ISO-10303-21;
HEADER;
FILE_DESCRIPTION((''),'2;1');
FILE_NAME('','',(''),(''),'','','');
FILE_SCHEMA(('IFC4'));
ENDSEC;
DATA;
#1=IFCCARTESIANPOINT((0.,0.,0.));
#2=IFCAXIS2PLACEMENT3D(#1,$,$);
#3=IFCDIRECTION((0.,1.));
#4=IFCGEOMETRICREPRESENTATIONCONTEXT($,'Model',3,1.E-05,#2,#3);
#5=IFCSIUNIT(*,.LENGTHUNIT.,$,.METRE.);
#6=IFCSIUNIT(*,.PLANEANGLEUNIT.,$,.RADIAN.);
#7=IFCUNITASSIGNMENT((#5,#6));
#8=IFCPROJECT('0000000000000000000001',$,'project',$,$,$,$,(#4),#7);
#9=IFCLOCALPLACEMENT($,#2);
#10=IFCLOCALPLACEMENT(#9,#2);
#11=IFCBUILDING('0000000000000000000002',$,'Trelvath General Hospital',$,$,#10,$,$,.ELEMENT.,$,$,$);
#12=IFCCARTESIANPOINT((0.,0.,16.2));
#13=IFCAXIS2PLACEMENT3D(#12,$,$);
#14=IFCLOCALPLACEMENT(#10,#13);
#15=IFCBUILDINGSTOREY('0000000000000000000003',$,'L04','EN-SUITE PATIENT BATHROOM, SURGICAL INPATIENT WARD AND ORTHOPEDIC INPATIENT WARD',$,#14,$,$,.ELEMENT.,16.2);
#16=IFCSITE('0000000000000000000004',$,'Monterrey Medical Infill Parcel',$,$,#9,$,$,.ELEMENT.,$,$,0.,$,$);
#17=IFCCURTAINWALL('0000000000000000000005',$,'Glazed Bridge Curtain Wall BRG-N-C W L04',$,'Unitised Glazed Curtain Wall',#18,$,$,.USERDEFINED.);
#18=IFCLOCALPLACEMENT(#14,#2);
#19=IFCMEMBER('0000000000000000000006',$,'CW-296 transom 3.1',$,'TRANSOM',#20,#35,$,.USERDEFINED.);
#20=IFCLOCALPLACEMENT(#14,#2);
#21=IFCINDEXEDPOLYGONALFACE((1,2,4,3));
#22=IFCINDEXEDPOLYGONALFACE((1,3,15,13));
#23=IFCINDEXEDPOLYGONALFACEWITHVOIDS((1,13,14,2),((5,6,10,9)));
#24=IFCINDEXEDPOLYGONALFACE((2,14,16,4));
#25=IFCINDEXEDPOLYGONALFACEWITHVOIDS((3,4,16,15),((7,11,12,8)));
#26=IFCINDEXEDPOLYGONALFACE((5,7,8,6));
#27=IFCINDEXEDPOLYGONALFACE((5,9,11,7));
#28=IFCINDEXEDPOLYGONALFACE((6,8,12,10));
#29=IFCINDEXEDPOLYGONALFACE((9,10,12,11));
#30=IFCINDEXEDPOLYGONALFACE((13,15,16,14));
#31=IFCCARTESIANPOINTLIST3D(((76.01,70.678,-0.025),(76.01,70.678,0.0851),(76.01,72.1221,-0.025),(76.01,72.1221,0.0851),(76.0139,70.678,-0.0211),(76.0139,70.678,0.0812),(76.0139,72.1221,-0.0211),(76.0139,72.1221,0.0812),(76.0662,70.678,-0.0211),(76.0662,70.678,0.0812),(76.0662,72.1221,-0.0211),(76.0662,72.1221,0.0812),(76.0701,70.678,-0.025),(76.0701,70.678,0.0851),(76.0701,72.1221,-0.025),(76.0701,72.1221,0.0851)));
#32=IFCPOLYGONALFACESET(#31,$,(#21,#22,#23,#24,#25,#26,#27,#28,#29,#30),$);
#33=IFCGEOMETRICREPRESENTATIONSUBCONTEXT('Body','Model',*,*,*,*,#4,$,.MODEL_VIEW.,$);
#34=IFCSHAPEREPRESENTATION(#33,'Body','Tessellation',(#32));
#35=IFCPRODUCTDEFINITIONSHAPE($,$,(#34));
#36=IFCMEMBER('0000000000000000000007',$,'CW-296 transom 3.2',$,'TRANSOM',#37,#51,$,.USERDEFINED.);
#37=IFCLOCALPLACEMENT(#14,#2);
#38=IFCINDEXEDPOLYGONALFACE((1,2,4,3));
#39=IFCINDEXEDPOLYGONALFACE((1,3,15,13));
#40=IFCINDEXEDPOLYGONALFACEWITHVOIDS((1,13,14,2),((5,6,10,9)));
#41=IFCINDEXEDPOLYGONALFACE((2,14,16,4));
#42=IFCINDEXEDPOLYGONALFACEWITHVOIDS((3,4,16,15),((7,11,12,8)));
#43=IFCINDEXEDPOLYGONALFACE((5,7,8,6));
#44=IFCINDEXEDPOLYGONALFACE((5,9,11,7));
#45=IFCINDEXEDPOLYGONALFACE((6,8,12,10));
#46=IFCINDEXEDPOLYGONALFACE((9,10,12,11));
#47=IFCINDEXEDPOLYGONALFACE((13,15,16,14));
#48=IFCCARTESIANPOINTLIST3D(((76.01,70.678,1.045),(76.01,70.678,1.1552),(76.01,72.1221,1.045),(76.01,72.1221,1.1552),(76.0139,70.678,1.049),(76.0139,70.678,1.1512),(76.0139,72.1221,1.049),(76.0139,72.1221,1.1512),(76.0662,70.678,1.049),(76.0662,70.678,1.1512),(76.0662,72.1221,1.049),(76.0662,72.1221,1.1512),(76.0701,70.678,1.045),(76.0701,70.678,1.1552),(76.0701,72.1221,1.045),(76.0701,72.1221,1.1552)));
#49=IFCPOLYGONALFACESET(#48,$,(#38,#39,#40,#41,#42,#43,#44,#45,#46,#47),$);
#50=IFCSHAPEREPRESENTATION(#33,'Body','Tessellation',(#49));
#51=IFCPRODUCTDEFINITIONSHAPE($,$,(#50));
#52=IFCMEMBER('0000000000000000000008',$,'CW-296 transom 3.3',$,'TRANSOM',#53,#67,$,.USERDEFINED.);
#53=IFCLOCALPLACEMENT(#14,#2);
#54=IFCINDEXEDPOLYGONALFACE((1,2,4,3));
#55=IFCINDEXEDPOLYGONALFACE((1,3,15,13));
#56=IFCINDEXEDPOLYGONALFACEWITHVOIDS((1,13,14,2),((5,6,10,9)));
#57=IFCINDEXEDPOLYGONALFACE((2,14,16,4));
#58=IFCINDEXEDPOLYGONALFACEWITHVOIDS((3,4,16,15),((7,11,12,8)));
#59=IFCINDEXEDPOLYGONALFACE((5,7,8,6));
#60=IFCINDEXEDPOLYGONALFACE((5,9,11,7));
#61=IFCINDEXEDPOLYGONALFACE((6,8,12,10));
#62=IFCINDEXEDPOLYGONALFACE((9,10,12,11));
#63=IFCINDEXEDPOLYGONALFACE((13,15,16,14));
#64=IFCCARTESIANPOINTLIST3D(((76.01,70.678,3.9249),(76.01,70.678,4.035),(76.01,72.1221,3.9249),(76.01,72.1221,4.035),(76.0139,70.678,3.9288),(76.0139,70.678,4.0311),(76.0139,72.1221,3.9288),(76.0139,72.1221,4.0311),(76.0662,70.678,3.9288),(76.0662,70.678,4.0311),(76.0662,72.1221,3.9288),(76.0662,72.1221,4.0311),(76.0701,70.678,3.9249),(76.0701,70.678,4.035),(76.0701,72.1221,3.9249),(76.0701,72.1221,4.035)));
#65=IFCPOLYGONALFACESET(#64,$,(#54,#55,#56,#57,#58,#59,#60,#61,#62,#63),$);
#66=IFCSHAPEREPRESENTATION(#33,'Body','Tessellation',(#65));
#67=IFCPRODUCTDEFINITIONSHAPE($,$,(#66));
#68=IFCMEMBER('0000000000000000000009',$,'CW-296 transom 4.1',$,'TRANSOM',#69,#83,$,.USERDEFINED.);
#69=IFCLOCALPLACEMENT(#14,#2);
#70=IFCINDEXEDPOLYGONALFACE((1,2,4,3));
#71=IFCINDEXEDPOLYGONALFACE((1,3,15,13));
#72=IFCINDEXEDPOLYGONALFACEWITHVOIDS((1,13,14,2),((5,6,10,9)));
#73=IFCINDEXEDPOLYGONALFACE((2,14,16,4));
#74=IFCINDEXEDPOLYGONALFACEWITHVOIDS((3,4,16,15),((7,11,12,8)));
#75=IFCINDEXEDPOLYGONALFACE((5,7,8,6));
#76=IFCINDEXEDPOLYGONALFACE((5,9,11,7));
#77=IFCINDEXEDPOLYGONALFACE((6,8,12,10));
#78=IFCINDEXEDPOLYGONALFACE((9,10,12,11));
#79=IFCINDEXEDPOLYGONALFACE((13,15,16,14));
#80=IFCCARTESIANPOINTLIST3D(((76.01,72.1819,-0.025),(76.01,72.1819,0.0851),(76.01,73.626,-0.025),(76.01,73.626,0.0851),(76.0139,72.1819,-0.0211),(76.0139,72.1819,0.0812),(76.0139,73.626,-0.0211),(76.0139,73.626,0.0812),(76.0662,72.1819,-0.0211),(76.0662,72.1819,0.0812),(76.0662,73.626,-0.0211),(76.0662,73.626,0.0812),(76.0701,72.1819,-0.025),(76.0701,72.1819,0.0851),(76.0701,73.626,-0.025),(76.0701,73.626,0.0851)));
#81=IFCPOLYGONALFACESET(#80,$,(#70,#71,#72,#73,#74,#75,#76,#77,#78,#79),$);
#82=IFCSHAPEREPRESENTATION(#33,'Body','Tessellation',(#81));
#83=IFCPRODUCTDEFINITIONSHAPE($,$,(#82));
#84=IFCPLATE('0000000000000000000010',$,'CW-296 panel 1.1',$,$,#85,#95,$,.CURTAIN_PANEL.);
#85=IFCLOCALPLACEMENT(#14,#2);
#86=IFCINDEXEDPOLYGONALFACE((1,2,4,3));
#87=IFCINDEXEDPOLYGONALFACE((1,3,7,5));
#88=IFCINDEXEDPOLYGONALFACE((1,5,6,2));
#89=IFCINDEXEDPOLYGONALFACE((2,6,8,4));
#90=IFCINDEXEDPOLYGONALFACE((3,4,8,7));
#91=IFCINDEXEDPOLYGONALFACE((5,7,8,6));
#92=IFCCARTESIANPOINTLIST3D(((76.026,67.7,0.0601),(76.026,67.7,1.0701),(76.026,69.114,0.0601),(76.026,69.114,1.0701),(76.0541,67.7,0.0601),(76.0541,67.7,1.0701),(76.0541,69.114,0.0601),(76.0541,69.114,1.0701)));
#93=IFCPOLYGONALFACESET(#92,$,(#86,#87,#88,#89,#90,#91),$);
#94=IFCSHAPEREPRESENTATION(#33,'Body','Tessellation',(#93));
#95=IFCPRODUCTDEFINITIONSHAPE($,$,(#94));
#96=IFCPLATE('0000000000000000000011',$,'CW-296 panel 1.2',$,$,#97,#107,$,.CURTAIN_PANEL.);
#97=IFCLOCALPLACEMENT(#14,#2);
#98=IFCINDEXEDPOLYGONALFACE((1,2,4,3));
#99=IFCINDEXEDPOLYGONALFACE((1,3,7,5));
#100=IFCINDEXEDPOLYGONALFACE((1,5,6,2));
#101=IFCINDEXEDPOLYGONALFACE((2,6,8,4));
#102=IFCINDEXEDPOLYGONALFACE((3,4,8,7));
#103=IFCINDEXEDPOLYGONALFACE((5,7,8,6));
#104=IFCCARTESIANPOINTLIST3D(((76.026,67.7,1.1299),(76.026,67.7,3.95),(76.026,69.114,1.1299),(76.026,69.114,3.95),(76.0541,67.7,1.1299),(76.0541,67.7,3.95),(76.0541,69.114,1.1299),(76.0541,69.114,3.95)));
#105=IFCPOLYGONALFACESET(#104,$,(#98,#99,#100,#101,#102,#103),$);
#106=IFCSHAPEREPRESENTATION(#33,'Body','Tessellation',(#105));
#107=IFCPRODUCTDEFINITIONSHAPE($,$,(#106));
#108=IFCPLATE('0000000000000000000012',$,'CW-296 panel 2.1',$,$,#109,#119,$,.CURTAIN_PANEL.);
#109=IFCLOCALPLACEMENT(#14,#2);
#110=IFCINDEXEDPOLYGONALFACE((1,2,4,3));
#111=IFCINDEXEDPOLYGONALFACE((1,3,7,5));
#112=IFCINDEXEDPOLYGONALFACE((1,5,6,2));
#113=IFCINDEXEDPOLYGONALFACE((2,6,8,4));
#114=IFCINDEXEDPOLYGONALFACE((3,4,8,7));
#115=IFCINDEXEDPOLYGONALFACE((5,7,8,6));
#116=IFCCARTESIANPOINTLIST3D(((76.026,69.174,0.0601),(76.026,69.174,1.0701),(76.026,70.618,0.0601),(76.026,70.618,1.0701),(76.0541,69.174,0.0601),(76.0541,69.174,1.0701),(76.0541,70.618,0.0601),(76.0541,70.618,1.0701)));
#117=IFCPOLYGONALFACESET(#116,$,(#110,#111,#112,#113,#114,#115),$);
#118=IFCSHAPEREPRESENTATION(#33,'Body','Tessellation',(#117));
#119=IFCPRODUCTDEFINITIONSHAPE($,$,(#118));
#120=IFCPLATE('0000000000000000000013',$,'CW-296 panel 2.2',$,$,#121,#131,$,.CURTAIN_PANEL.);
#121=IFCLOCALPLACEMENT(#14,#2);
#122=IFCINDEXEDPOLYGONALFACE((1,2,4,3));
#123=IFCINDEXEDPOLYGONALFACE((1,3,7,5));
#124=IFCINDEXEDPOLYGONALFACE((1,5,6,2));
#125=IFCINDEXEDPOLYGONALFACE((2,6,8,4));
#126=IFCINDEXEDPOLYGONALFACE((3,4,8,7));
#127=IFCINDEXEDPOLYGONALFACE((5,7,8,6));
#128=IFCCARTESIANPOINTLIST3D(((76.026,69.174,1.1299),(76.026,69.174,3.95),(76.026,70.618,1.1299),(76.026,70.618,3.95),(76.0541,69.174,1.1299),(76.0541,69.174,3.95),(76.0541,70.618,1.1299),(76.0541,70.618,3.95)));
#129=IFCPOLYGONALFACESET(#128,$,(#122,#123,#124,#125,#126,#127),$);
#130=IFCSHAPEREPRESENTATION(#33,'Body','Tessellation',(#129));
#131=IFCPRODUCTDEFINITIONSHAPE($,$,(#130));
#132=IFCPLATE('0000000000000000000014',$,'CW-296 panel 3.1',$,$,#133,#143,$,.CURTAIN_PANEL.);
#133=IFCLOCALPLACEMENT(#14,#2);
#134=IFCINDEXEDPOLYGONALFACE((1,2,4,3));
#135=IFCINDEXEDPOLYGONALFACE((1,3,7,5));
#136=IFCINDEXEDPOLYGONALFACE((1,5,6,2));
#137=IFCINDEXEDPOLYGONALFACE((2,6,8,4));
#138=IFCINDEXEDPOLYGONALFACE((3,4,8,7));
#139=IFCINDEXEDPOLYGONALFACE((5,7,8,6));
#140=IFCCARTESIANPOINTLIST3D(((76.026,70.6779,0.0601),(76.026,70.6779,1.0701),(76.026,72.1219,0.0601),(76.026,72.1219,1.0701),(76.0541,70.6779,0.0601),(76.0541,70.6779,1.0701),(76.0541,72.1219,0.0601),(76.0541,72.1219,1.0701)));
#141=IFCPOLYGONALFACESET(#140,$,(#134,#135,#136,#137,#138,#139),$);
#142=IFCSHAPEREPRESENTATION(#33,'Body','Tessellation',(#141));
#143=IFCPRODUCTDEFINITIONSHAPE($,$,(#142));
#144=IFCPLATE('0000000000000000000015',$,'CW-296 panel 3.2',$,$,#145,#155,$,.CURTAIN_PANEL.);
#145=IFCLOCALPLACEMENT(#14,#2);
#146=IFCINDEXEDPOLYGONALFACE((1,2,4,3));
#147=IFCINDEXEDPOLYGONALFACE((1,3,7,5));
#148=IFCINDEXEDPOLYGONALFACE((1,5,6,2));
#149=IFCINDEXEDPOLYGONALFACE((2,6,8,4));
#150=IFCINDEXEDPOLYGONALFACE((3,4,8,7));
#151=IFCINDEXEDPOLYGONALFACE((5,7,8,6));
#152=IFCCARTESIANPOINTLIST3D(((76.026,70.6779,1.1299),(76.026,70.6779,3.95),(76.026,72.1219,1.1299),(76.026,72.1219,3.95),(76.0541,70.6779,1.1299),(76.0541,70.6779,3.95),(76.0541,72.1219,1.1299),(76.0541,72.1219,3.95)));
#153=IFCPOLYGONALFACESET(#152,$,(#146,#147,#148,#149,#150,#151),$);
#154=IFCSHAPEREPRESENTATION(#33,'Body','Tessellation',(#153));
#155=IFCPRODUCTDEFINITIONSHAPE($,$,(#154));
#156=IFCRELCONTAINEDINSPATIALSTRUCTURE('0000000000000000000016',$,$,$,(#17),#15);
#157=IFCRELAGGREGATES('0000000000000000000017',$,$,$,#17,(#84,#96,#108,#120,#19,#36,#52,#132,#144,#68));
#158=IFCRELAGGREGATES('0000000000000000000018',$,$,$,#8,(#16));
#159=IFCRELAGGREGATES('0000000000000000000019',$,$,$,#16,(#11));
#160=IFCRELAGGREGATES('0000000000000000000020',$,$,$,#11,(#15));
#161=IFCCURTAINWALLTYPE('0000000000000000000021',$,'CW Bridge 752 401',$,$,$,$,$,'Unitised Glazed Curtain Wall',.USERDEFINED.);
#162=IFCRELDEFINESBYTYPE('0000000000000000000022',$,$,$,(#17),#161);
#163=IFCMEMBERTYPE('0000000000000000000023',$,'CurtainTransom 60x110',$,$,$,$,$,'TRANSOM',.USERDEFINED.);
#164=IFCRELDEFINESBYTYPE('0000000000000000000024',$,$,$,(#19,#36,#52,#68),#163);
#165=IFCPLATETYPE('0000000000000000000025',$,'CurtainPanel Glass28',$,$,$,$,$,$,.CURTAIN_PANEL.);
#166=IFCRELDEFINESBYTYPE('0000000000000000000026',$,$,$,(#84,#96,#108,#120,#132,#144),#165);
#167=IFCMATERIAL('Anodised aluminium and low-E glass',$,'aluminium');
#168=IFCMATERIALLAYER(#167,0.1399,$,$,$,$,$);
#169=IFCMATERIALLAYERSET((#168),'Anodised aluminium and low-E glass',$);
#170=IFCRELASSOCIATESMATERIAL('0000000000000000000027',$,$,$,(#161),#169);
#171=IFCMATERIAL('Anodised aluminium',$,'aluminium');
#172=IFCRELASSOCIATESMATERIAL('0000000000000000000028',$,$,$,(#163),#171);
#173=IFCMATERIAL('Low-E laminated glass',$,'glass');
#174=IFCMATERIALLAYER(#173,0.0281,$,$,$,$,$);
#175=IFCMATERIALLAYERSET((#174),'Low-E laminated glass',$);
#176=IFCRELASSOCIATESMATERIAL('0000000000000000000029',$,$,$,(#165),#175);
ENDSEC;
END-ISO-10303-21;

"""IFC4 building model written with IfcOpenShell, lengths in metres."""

from ifc_helpers import new_model, si_unit, direction, frame, origin, origin_2d, place, context, subcontext, project, spatial, rectangle, hollow_rectangle, extrude, material, layer, layer_set, material_profile, profile_set, type_object, element, aggregate, save


model = new_model("IFC4")

# Units and contexts
model_context = context("Model", 3, precision=1e-05, world=origin(), true_north=direction((0.0, 1.0)))
body_context = subcontext(model_context, "Body", "Model", "MODEL_VIEW")
ifc_project = project(units=[si_unit("LENGTHUNIT", "METRE"), si_unit("PLANEANGLEUNIT", "RADIAN")], contexts=[model_context])

# Site, building, storey
site_placement = place(None, origin())
site = spatial("IfcSite", under=ifc_project, at=site_placement, Name="Monterrey Medical Infill Parcel", CompositionType="ELEMENT", RefElevation=0.0)
building_placement = place(site_placement, origin())
building = spatial("IfcBuilding", under=site, at=building_placement, Name="Trelvath General Hospital", CompositionType="ELEMENT")
storey_placement = place(building_placement, frame((0.0, 0.0, 16.2)))
storey = spatial("IfcBuildingStorey", under=building, at=storey_placement, Name="L04", Description="EN-SUITE PATIENT BATHROOM, SURGICAL INPATIENT WARD AND ORTHOPEDIC INPATIENT WARD", CompositionType="ELEMENT", Elevation=16.2)

# Curtain wall, members, plates
ifc_material_1 = material(Name="Anodised aluminium and low-E glass", Category="aluminium")
ifc_layer_1 = layer(ifc_material_1, 0.1399)
ifc_layer_set_1 = layer_set([ifc_layer_1], Name="Anodised aluminium and low-E glass")
curtain_wall_type = type_object("IfcCurtainWallType", Name="CW Bridge 752 401", ElementType="Unitised Glazed Curtain Wall", PredefinedType="USERDEFINED", material=ifc_layer_set_1)
curtain_wall_placement = place(storey_placement, origin())
curtain_wall = element("IfcCurtainWall", 1, at=curtain_wall_placement, inside=storey, type_object=curtain_wall_type, Name="Glazed Bridge Curtain Wall BRG-N-C W L04", ObjectType="Unitised Glazed Curtain Wall", PredefinedType="USERDEFINED")
ifc_material_2 = material(Name="Anodised aluminium", Category="aluminium")
ifc_material_profile_1 = material_profile(ifc_material_2, hollow_rectangle(XDim=0.0601, YDim=0.1101, WallThickness=0.0039, at=origin_2d()), Name="RHS60x110x4")
ifc_profile_set_1 = profile_set([ifc_material_profile_1], Name="Anodised aluminium")
member_type_1 = type_object("IfcMemberType", Name="CurtainTransom 60x110", ElementType="TRANSOM", PredefinedType="USERDEFINED", material=ifc_profile_set_1)
member_1_placement = place(storey_placement, frame((76.04, 70.678, 0.03), z_axis=(0.0, 1.0, 0.0), x_axis=(-1.0, 0.0, 0.0)))
member_1 = element("IfcMember", 2, at=member_1_placement, type_object=member_type_1, Name="CW-296 transom 3.1", ObjectType="TRANSOM", PredefinedType="USERDEFINED", context=body_context, shape_type="SweptSolid", body=[
    extrude(hollow_rectangle(XDim=0.0601, YDim=0.1101, WallThickness=0.0039, at=origin_2d()), origin(), (0.0, 0.0, 1.0), 1.4441),
])
member_2_placement = place(storey_placement, frame((76.04, 70.678, 1.1001), z_axis=(0.0, 1.0, 0.0), x_axis=(-1.0, 0.0, 0.0)))
member_2 = element("IfcMember", 3, at=member_2_placement, type_object=member_type_1, Name="CW-296 transom 3.2", ObjectType="TRANSOM", PredefinedType="USERDEFINED", context=body_context, shape_type="SweptSolid", body=[
    extrude(hollow_rectangle(XDim=0.0601, YDim=0.1101, WallThickness=0.0039, at=origin_2d()), origin(), (0.0, 0.0, 1.0), 1.4441),
])
member_3_placement = place(storey_placement, frame((76.04, 70.678, 3.98), z_axis=(0.0, 1.0, 0.0), x_axis=(-1.0, 0.0, 0.0)))
member_3 = element("IfcMember", 4, at=member_3_placement, type_object=member_type_1, Name="CW-296 transom 3.3", ObjectType="TRANSOM", PredefinedType="USERDEFINED", context=body_context, shape_type="SweptSolid", body=[
    extrude(hollow_rectangle(XDim=0.0601, YDim=0.1101, WallThickness=0.0039, at=origin_2d()), origin(), (0.0, 0.0, 1.0), 1.4441),
])
member_4_placement = place(storey_placement, frame((76.04, 72.1819, 0.03), z_axis=(0.0, 1.0, 0.0), x_axis=(-1.0, 0.0, 0.0)))
member_4 = element("IfcMember", 5, at=member_4_placement, type_object=member_type_1, Name="CW-296 transom 4.1", ObjectType="TRANSOM", PredefinedType="USERDEFINED", context=body_context, shape_type="SweptSolid", body=[
    extrude(hollow_rectangle(XDim=0.0601, YDim=0.1101, WallThickness=0.0039, at=origin_2d()), origin(), (0.0, 0.0, 1.0), 1.4441),
])
ifc_material_3 = material(Name="Low-E laminated glass", Category="glass")
ifc_layer_2 = layer(ifc_material_3, 0.0281)
ifc_layer_set_2 = layer_set([ifc_layer_2], Name="Low-E laminated glass")
plate_type = type_object("IfcPlateType", Name="CurtainPanel Glass28", PredefinedType="CURTAIN_PANEL", material=ifc_layer_set_2)
plate_1_placement = place(storey_placement, frame((76.04, 68.407, 0.0601), z_axis=(0.0, 0.0, 1.0), x_axis=(0.0, 1.0, 0.0)))
plate_1 = element("IfcPlate", 6, at=plate_1_placement, type_object=plate_type, Name="CW-296 panel 1.1", PredefinedType="CURTAIN_PANEL", context=body_context, shape_type="SweptSolid", body=[
    extrude(rectangle(XDim=1.4141, YDim=0.0281, at=origin_2d()), origin(), (0.0, 0.0, 1.0), 1.01),
])
plate_2_placement = place(storey_placement, frame((76.04, 68.407, 1.1299), z_axis=(0.0, 0.0, 1.0), x_axis=(0.0, 1.0, 0.0)))
plate_2 = element("IfcPlate", 7, at=plate_2_placement, type_object=plate_type, Name="CW-296 panel 1.2", PredefinedType="CURTAIN_PANEL", context=body_context, shape_type="SweptSolid", body=[
    extrude(rectangle(XDim=1.4141, YDim=0.0281, at=origin_2d()), origin(), (0.0, 0.0, 1.0), 2.8201),
])
plate_3_placement = place(storey_placement, frame((76.04, 69.896, 0.0601), z_axis=(0.0, 0.0, 1.0), x_axis=(0.0, 1.0, 0.0)))
plate_3 = element("IfcPlate", 8, at=plate_3_placement, type_object=plate_type, Name="CW-296 panel 2.1", PredefinedType="CURTAIN_PANEL", context=body_context, shape_type="SweptSolid", body=[
    extrude(rectangle(XDim=1.4441, YDim=0.0281, at=origin_2d()), origin(), (0.0, 0.0, 1.0), 1.01),
])
plate_4_placement = place(storey_placement, frame((76.04, 69.896, 1.1299), z_axis=(0.0, 0.0, 1.0), x_axis=(0.0, 1.0, 0.0)))
plate_4 = element("IfcPlate", 9, at=plate_4_placement, type_object=plate_type, Name="CW-296 panel 2.2", PredefinedType="CURTAIN_PANEL", context=body_context, shape_type="SweptSolid", body=[
    extrude(rectangle(XDim=1.4441, YDim=0.0281, at=origin_2d()), origin(), (0.0, 0.0, 1.0), 2.8201),
])
plate_5_placement = place(storey_placement, frame((76.04, 71.3999, 0.0601), z_axis=(0.0, 0.0, 1.0), x_axis=(0.0, 1.0, 0.0)))
plate_5 = element("IfcPlate", 10, at=plate_5_placement, type_object=plate_type, Name="CW-296 panel 3.1", PredefinedType="CURTAIN_PANEL", context=body_context, shape_type="SweptSolid", body=[
    extrude(rectangle(XDim=1.4441, YDim=0.0281, at=origin_2d()), origin(), (0.0, 0.0, 1.0), 1.01),
])
plate_6_placement = place(storey_placement, frame((76.04, 71.3999, 1.1299), z_axis=(0.0, 0.0, 1.0), x_axis=(0.0, 1.0, 0.0)))
plate_6 = element("IfcPlate", 11, at=plate_6_placement, type_object=plate_type, Name="CW-296 panel 3.2", PredefinedType="CURTAIN_PANEL", context=body_context, shape_type="SweptSolid", body=[
    extrude(rectangle(XDim=1.4441, YDim=0.0281, at=origin_2d()), origin(), (0.0, 0.0, 1.0), 2.8201),
])
aggregate(curtain_wall, [plate_1, plate_2, plate_3, plate_4, member_1, member_2, member_3, plate_5, plate_6, member_4])

save(model, "model.ifc")
